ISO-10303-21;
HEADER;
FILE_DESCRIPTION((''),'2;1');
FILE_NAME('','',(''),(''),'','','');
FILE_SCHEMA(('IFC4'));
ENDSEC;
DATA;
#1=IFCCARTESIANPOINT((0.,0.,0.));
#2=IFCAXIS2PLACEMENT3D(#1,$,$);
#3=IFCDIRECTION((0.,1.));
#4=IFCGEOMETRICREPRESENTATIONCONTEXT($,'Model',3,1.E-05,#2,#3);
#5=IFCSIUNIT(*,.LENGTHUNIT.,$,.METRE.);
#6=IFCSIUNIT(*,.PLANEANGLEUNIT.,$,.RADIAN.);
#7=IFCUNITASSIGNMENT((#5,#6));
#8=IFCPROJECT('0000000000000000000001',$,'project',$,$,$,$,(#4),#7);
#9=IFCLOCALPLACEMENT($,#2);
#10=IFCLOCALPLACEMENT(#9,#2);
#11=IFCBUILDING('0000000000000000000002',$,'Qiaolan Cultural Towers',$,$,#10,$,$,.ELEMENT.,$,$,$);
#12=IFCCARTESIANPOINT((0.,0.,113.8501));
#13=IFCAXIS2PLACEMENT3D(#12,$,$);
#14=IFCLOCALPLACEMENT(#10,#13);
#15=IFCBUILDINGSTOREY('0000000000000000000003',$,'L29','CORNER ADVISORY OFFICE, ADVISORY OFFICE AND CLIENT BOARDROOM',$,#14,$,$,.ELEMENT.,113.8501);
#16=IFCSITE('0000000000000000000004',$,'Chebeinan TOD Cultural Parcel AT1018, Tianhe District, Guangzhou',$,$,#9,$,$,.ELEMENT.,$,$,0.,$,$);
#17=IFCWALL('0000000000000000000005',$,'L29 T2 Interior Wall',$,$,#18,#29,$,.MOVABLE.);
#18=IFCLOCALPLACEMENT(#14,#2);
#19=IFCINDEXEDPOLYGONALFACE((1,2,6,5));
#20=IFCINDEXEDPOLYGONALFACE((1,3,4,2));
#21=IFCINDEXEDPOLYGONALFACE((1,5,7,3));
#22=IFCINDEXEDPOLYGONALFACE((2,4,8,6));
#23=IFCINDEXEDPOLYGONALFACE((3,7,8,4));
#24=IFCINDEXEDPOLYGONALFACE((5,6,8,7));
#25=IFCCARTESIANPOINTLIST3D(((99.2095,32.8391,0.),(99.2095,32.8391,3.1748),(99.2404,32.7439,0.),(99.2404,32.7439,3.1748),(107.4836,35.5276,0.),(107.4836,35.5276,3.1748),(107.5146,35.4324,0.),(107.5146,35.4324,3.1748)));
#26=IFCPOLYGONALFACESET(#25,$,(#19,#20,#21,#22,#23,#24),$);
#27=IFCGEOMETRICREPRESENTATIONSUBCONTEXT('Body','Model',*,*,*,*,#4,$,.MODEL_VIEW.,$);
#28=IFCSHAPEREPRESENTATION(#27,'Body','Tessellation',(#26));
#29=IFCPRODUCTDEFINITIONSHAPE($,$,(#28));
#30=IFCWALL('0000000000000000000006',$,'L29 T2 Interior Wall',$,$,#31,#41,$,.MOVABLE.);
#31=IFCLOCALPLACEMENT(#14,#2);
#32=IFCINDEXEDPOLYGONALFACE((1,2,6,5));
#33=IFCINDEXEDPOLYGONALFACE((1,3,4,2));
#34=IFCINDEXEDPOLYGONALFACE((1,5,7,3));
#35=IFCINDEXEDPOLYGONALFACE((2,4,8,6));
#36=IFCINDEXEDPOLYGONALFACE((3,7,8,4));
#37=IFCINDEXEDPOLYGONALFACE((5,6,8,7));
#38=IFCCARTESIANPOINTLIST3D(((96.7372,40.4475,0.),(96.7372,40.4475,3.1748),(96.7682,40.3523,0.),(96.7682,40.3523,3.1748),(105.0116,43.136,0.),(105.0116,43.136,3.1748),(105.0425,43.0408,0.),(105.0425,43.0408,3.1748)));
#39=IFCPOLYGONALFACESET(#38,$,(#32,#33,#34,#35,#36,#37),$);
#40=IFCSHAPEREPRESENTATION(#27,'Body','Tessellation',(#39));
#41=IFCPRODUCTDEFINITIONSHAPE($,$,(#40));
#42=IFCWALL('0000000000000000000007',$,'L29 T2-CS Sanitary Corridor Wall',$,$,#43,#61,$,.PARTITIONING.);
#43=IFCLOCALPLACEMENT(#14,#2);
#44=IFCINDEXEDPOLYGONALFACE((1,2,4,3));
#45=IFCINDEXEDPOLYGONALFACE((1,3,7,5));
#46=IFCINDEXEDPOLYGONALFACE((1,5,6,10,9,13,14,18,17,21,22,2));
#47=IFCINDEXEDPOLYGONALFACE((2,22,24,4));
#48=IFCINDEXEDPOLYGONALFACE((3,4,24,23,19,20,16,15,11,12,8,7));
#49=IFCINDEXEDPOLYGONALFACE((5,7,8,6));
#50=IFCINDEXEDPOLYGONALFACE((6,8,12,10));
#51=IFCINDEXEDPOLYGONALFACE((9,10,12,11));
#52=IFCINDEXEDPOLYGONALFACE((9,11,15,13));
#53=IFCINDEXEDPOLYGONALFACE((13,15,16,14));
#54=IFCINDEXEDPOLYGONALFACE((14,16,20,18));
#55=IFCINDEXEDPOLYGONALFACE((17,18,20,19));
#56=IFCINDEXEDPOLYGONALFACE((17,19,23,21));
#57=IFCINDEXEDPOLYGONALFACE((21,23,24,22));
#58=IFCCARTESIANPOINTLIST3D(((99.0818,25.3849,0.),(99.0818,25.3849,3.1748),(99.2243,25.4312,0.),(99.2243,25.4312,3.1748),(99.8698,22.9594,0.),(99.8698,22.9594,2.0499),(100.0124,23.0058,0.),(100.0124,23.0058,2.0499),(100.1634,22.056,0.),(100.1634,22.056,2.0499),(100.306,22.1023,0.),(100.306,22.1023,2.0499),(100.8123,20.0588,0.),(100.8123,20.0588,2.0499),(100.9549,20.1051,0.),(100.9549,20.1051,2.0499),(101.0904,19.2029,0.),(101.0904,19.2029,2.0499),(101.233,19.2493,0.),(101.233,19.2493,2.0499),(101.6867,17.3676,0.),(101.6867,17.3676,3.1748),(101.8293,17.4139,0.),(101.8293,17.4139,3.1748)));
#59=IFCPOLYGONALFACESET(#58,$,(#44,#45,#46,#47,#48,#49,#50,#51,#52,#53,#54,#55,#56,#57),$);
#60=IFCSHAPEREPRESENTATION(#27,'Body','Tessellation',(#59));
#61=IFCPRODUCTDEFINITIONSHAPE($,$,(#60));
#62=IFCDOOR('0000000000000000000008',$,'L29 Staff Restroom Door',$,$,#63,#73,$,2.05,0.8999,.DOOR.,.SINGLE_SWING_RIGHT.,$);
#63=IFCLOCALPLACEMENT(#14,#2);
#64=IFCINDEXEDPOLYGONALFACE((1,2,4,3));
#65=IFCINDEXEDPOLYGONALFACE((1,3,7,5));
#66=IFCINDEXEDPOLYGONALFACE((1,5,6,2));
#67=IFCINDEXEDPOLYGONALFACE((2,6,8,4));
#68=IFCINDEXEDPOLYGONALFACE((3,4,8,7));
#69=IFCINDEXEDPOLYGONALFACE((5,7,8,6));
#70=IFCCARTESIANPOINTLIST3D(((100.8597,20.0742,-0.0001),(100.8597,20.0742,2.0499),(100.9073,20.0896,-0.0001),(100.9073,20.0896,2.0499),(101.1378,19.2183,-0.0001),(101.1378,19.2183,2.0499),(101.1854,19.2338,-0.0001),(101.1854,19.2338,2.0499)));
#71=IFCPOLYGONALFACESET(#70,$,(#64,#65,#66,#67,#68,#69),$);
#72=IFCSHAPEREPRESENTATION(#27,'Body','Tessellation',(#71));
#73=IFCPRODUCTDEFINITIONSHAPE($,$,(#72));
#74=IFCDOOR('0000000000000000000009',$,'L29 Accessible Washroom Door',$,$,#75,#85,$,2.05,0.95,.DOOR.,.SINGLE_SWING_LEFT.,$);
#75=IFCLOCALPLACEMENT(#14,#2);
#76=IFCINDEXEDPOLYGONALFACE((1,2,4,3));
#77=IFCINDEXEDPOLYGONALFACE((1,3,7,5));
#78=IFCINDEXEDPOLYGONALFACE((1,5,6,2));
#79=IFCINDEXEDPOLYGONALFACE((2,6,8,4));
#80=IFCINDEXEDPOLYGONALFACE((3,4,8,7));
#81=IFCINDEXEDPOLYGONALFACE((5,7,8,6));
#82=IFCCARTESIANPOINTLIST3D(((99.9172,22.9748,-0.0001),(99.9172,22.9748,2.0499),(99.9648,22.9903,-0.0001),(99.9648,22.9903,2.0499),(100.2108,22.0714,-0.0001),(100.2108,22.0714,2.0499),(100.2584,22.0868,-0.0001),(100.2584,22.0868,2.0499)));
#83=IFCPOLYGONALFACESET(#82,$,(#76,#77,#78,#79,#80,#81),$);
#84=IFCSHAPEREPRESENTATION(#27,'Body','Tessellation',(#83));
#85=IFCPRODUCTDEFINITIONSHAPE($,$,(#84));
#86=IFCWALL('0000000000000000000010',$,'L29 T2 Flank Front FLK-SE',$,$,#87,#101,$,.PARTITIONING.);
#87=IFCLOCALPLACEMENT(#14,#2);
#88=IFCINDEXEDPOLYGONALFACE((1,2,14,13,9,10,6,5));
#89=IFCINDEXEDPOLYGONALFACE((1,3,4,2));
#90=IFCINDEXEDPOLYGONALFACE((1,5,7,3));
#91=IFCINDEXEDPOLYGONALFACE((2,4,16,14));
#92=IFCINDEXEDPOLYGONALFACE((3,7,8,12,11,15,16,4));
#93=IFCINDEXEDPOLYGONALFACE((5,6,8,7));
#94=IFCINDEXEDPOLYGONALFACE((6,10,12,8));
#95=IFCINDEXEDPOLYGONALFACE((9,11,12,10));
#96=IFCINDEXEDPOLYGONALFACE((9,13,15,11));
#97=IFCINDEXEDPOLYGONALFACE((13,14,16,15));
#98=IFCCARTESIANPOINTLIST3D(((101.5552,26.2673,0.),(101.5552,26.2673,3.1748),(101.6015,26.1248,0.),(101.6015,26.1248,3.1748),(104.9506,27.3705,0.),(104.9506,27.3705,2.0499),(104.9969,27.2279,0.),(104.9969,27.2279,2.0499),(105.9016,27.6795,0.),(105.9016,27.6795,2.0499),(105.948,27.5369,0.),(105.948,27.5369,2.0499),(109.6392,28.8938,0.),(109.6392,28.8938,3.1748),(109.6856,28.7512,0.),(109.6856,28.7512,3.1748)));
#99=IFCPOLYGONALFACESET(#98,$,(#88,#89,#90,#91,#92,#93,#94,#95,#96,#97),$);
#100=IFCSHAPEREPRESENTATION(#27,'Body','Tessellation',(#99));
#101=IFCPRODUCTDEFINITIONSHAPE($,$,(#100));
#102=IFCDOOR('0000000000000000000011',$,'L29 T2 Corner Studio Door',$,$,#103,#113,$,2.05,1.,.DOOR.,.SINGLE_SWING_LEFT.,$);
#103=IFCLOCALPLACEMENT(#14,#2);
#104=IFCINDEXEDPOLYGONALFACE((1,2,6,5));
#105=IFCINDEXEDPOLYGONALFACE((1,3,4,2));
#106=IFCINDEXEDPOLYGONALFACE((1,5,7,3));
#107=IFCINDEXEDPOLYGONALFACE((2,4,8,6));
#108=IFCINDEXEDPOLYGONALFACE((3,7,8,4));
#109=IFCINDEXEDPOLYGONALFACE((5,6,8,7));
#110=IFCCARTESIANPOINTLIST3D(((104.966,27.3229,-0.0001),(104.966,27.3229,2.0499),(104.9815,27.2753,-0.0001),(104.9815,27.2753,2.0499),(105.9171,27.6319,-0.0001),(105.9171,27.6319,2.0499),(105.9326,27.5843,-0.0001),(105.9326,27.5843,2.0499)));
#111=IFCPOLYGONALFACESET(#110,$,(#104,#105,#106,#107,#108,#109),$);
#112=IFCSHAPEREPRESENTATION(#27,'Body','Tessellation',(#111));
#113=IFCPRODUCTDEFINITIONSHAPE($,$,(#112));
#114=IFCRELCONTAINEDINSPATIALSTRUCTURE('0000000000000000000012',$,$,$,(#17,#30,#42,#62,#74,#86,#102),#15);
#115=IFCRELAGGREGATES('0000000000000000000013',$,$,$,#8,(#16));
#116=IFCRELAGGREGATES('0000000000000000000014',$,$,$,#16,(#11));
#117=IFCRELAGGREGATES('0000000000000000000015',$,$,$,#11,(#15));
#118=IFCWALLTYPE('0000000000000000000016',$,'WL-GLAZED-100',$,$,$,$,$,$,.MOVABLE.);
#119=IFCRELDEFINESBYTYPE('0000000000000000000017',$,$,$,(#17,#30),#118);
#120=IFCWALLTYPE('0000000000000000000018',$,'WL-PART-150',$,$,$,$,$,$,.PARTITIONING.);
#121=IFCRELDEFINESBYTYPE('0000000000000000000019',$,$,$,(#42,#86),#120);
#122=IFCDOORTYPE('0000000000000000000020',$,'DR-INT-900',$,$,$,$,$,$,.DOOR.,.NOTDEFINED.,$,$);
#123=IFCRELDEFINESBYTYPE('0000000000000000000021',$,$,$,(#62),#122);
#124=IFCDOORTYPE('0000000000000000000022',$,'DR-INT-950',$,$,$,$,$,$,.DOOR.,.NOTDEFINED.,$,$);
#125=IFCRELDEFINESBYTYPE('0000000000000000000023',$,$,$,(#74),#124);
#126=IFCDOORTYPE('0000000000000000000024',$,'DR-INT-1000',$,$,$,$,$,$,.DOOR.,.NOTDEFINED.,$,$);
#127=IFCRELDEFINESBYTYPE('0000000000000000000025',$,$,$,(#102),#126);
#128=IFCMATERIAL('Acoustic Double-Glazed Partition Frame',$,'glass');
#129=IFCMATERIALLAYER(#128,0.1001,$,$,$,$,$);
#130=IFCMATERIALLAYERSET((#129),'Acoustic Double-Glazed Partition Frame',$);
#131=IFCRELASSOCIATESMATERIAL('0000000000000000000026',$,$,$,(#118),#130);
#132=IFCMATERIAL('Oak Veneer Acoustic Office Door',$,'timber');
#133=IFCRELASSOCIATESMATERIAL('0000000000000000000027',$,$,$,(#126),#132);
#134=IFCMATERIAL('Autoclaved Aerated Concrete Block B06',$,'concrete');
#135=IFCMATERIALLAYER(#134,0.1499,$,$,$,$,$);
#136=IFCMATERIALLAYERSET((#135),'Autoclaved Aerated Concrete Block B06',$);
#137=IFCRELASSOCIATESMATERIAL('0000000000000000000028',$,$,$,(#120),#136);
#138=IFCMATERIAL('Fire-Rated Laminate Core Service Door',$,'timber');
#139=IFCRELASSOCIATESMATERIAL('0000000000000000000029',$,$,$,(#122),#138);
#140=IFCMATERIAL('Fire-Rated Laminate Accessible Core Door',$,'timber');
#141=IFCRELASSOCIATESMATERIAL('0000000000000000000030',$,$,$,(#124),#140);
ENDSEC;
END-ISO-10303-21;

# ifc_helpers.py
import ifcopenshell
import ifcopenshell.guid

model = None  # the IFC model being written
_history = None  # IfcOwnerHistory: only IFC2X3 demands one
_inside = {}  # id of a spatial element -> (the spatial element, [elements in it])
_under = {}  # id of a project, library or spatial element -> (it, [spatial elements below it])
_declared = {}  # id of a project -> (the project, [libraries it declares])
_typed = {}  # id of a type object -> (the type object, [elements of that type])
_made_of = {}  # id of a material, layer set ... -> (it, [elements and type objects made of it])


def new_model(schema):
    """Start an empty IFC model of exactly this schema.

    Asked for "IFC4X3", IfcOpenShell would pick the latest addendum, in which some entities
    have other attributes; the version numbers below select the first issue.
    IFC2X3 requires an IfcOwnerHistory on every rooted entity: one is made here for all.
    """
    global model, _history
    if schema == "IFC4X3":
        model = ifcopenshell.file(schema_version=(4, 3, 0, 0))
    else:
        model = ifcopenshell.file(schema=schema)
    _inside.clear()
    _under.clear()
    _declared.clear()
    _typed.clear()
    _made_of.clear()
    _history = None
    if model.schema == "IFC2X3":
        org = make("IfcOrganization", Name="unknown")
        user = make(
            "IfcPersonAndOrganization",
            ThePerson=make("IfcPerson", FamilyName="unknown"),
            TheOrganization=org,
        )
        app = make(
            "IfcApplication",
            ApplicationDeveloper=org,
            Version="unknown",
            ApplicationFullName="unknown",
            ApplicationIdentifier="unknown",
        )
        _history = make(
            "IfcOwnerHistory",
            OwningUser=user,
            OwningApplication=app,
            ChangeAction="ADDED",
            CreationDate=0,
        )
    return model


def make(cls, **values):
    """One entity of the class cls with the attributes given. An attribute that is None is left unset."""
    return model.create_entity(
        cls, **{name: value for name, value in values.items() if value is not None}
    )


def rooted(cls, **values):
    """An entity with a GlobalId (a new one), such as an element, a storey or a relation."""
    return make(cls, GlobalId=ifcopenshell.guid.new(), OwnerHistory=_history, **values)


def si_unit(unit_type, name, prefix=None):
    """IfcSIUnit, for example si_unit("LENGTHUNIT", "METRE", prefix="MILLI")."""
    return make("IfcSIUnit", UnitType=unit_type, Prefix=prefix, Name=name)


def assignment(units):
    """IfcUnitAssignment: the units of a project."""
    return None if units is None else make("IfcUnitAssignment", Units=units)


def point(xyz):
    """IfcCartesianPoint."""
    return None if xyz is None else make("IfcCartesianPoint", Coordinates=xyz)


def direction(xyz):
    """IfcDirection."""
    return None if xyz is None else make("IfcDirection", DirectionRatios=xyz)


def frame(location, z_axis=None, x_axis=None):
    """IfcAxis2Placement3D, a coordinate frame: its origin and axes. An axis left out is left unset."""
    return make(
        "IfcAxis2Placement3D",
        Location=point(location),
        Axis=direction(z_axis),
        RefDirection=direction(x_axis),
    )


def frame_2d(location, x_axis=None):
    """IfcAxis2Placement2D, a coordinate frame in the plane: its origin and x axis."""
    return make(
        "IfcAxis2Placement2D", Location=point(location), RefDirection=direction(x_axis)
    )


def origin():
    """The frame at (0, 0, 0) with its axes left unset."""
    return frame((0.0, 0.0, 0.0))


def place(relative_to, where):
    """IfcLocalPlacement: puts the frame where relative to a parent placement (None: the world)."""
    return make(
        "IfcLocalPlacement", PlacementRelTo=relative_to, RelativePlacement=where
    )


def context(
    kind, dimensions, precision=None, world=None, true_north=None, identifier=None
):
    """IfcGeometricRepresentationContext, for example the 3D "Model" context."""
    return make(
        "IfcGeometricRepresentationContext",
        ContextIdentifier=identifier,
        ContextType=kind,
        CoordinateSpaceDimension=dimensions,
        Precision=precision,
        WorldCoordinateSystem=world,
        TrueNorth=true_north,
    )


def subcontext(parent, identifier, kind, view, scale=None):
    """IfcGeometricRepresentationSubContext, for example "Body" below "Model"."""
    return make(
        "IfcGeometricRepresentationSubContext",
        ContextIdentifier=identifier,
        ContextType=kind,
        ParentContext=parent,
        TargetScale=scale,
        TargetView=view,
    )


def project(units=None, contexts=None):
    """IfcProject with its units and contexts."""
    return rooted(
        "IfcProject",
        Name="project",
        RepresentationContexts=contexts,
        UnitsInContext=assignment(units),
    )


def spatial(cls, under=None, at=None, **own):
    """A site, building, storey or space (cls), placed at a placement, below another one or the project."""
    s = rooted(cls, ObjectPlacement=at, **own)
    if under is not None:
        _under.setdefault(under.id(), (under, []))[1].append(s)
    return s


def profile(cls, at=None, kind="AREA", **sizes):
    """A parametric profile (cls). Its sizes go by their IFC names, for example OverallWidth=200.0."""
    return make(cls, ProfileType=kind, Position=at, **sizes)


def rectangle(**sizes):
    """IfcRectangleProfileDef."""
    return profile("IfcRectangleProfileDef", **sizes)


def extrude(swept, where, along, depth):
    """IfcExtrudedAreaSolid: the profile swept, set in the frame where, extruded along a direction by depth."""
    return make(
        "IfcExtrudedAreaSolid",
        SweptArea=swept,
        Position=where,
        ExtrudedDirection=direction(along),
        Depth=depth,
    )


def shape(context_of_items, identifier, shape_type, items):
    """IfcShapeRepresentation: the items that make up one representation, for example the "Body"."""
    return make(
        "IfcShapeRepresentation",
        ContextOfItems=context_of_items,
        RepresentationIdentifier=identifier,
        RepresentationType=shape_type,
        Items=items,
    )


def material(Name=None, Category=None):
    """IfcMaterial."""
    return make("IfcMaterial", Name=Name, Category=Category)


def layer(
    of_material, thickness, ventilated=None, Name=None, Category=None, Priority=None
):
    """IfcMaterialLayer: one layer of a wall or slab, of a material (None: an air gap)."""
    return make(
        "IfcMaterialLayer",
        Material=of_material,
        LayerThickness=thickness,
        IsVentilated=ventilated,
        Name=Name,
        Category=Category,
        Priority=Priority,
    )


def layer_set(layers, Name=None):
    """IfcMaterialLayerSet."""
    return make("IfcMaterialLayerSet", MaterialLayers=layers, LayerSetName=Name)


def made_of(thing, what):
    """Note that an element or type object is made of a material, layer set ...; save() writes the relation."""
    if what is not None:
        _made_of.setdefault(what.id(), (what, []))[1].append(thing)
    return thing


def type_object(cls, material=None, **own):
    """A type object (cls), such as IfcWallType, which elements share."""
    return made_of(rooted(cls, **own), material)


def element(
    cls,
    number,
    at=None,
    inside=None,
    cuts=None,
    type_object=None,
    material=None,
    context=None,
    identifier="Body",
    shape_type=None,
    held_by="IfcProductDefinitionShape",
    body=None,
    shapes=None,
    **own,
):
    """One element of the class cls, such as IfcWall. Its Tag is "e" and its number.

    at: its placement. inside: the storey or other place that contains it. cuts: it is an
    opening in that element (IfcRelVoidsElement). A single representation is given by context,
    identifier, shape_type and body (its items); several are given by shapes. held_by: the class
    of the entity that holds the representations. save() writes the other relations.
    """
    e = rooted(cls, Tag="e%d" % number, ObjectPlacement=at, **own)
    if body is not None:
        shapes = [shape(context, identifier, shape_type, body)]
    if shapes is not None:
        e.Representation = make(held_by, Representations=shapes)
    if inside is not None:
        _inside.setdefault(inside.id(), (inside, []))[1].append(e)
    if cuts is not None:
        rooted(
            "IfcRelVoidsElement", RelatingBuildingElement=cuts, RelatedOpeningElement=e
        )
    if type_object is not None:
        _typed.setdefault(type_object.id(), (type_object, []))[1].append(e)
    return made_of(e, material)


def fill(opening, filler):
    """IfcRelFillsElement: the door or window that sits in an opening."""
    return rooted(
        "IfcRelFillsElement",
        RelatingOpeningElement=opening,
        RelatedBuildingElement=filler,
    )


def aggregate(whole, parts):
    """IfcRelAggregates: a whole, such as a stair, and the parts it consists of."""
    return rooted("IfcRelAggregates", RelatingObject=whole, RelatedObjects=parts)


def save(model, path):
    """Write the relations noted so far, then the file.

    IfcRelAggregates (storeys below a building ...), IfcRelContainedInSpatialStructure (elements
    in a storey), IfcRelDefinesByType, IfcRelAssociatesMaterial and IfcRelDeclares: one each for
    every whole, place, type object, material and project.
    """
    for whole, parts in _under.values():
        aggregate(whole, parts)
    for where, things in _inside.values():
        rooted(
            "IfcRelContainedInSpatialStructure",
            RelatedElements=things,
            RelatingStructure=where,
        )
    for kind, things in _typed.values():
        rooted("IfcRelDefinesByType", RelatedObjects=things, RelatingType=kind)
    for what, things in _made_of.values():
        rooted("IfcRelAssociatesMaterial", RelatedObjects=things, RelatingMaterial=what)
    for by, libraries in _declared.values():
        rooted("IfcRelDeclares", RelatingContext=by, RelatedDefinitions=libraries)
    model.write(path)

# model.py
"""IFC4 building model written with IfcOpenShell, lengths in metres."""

from ifc_helpers import new_model, si_unit, direction, frame, frame_2d, origin, place, context, subcontext, project, spatial, rectangle, extrude, material, layer, layer_set, type_object, element, fill, save


model = new_model("IFC4")

# Units and contexts
model_context = context("Model", 3, precision=1e-05, world=origin(), true_north=direction((0.0, 1.0)))
body_context = subcontext(model_context, "Body", "Model", "MODEL_VIEW")
ifc_project = project(units=[si_unit("LENGTHUNIT", "METRE"), si_unit("PLANEANGLEUNIT", "RADIAN")], contexts=[model_context])

# Site, building, storey
site_placement = place(None, origin())
site = spatial("IfcSite", under=ifc_project, at=site_placement, Name="Chebeinan TOD Cultural Parcel AT1018, Tianhe District, Guangzhou", CompositionType="ELEMENT", RefElevation=0.0)
building_placement = place(site_placement, origin())
building = spatial("IfcBuilding", under=site, at=building_placement, Name="Qiaolan Cultural Towers", CompositionType="ELEMENT")
storey_placement = place(building_placement, frame((0.0, 0.0, 113.8501)))
storey = spatial("IfcBuildingStorey", under=building, at=storey_placement, Name="L29", Description="CORNER ADVISORY OFFICE, ADVISORY OFFICE AND CLIENT BOARDROOM", CompositionType="ELEMENT", Elevation=113.8501)

# Shared definitions
ifc_material_1 = material(Name="Acoustic Double-Glazed Partition Frame", Category="glass")
ifc_layer_1 = layer(ifc_material_1, 0.1001)
ifc_layer_set_1 = layer_set([ifc_layer_1], Name="Acoustic Double-Glazed Partition Frame")
wall_type_1 = type_object("IfcWallType", Name="WL-GLAZED-100", PredefinedType="MOVABLE", material=ifc_layer_set_1)

# Shared definitions
ifc_material_2 = material(Name="Oak Veneer Acoustic Office Door", Category="timber")
door_type_1 = type_object("IfcDoorType", Name="DR-INT-1000", OperationType="NOTDEFINED", PredefinedType="DOOR", material=ifc_material_2)

# Walls
wall_1_placement = place(storey_placement, frame((99.2249, 32.7915, 0.0), z_axis=(0.0, 0.0, 1.0), x_axis=(0.951055, 0.309021, 0.0)))
element("IfcWall", 1, at=wall_1_placement, inside=storey, type_object=wall_type_1, Name="L29 T2 Interior Wall", PredefinedType="MOVABLE", context=body_context, shape_type="SweptSolid", body=[
    extrude(rectangle(XDim=8.7, YDim=0.1001, at=frame_2d((4.3501, 0.0))), origin(), (0.0, 0.0, 1.0), 3.1748),
])
wall_2_placement = place(storey_placement, frame((96.7527, 40.3999, 0.0), z_axis=(0.0, 0.0, 1.0), x_axis=(0.951058, 0.309012, 0.0)))
element("IfcWall", 2, at=wall_2_placement, inside=storey, type_object=wall_type_1, Name="L29 T2 Interior Wall", PredefinedType="MOVABLE", context=body_context, shape_type="SweptSolid", body=[
    extrude(rectangle(XDim=8.7002, YDim=0.1001, at=frame_2d((4.3501, 0.0))), origin(), (0.0, 0.0, 1.0), 3.1748),
])

# Wall, openings, doors
ifc_material_3 = material(Name="Autoclaved Aerated Concrete Block B06", Category="concrete")
ifc_layer_2 = layer(ifc_material_3, 0.1499)
ifc_layer_set_2 = layer_set([ifc_layer_2], Name="Autoclaved Aerated Concrete Block B06")
wall_type_2 = type_object("IfcWallType", Name="WL-PART-150", PredefinedType="PARTITIONING", material=ifc_layer_set_2)
wall_3_placement = place(storey_placement, frame((99.1531, 25.408, 0.0), z_axis=(0.0, 0.0, 1.0), x_axis=(0.309016, -0.951057, 0.0)))
wall_3 = element("IfcWall", 3, at=wall_3_placement, inside=storey, type_object=wall_type_2, Name="L29 T2-CS Sanitary Corridor Wall", PredefinedType="PARTITIONING", context=body_context, shape_type="SweptSolid", body=[
    extrude(rectangle(XDim=8.4299, YDim=0.1499, at=frame_2d((4.2148, 0.0))), origin(), (0.0, 0.0, 1.0), 3.1748),
])
opening_1_placement = place(wall_3_placement, frame((2.55, 0.0, 0.0)))
opening_1 = element("IfcOpeningElement", 4, at=opening_1_placement, cuts=wall_3, PredefinedType="OPENING", context=body_context, shape_type="SweptSolid", body=[
    extrude(rectangle(XDim=0.95, YDim=2.05, at=frame_2d((0.4751, 1.0249))), frame((0.0, 0.085, 0.0), z_axis=(0.0, -1.0, 0.0), x_axis=(1.0, 0.0, 0.0)), (0.0, 0.0, 1.0), 0.1699),
])
opening_2_placement = place(wall_3_placement, frame((5.6001, 0.0, 0.0)))
opening_2 = element("IfcOpeningElement", 5, at=opening_2_placement, cuts=wall_3, PredefinedType="OPENING", context=body_context, shape_type="SweptSolid", body=[
    extrude(rectangle(XDim=0.8999, YDim=2.05, at=frame_2d((0.45, 1.0249))), frame((0.0, 0.085, 0.0), z_axis=(0.0, -1.0, 0.0), x_axis=(1.0, 0.0, 0.0)), (0.0, 0.0, 1.0), 0.1699),
])
ifc_material_4 = material(Name="Fire-Rated Laminate Core Service Door", Category="timber")
door_type_2 = type_object("IfcDoorType", Name="DR-INT-900", OperationType="NOTDEFINED", PredefinedType="DOOR", material=ifc_material_4)
door_1_placement = place(opening_2_placement, origin())
door_1 = element("IfcDoor", 6, at=door_1_placement, inside=storey, type_object=door_type_2, Name="L29 Staff Restroom Door", OperationType="SINGLE_SWING_RIGHT", OverallHeight=2.05, OverallWidth=0.8999, PredefinedType="DOOR", context=body_context, shape_type="SweptSolid", body=[
    extrude(rectangle(XDim=0.8999, YDim=2.05, at=frame_2d((0.45, 1.0249))), frame((0.0, 0.0249, 0.0), z_axis=(0.0, -1.0, 0.0), x_axis=(1.0, 0.0, 0.0)), (0.0, 0.0, 1.0), 0.05),
])
fill(opening_2, door_1)
ifc_material_5 = material(Name="Fire-Rated Laminate Accessible Core Door", Category="timber")
door_type_3 = type_object("IfcDoorType", Name="DR-INT-950", OperationType="NOTDEFINED", PredefinedType="DOOR", material=ifc_material_5)
door_2_placement = place(opening_1_placement, origin())
door_2 = element("IfcDoor", 7, at=door_2_placement, inside=storey, type_object=door_type_3, Name="L29 Accessible Washroom Door", OperationType="SINGLE_SWING_LEFT", OverallHeight=2.05, OverallWidth=0.95, PredefinedType="DOOR", context=body_context, shape_type="SweptSolid", body=[
    extrude(rectangle(XDim=0.95, YDim=2.05, at=frame_2d((0.4751, 1.0249))), frame((0.0, 0.0249, 0.0), z_axis=(0.0, -1.0, 0.0), x_axis=(1.0, 0.0, 0.0)), (0.0, 0.0, 1.0), 0.05),
])
fill(opening_1, door_2)

# Wall, opening, door
wall_4_placement = place(storey_placement, frame((101.5784, 26.196, 0.0), z_axis=(0.0, 0.0, 1.0), x_axis=(0.951063, 0.308998, 0.0)))
wall_4 = element("IfcWall", 8, at=wall_4_placement, inside=storey, type_object=wall_type_2, Name="L29 T2 Flank Front FLK-SE", PredefinedType="PARTITIONING", context=body_context, shape_type="SweptSolid", body=[
    extrude(rectangle(XDim=8.5, YDim=0.1499, at=frame_2d((4.25, 0.0))), origin(), (0.0, 0.0, 1.0), 3.1748),
])
opening_3_placement = place(wall_4_placement, frame((3.5701, 0.0, 0.0)))
opening_3 = element("IfcOpeningElement", 9, at=opening_3_placement, cuts=wall_4, PredefinedType="OPENING", context=body_context, shape_type="SweptSolid", body=[
    extrude(rectangle(XDim=1.0, YDim=2.05, at=frame_2d((0.5, 1.0249))), frame((0.0, 0.085, 0.0), z_axis=(0.0, -1.0, 0.0), x_axis=(1.0, 0.0, 0.0)), (0.0, 0.0, 1.0), 0.1699),
])
door_3_placement = place(opening_3_placement, origin())
door_3 = element("IfcDoor", 10, at=door_3_placement, inside=storey, type_object=door_type_1, Name="L29 T2 Corner Studio Door", OperationType="SINGLE_SWING_LEFT", OverallHeight=2.05, OverallWidth=1.0, PredefinedType="DOOR", context=body_context, shape_type="SweptSolid", body=[
    extrude(rectangle(XDim=1.0, YDim=2.05, at=frame_2d((0.5, 1.0249))), frame((0.0, 0.0249, 0.0), z_axis=(0.0, -1.0, 0.0), x_axis=(1.0, 0.0, 0.0)), (0.0, 0.0, 1.0), 0.05),
])
fill(opening_3, door_3)

save(model, "model.ifc")
